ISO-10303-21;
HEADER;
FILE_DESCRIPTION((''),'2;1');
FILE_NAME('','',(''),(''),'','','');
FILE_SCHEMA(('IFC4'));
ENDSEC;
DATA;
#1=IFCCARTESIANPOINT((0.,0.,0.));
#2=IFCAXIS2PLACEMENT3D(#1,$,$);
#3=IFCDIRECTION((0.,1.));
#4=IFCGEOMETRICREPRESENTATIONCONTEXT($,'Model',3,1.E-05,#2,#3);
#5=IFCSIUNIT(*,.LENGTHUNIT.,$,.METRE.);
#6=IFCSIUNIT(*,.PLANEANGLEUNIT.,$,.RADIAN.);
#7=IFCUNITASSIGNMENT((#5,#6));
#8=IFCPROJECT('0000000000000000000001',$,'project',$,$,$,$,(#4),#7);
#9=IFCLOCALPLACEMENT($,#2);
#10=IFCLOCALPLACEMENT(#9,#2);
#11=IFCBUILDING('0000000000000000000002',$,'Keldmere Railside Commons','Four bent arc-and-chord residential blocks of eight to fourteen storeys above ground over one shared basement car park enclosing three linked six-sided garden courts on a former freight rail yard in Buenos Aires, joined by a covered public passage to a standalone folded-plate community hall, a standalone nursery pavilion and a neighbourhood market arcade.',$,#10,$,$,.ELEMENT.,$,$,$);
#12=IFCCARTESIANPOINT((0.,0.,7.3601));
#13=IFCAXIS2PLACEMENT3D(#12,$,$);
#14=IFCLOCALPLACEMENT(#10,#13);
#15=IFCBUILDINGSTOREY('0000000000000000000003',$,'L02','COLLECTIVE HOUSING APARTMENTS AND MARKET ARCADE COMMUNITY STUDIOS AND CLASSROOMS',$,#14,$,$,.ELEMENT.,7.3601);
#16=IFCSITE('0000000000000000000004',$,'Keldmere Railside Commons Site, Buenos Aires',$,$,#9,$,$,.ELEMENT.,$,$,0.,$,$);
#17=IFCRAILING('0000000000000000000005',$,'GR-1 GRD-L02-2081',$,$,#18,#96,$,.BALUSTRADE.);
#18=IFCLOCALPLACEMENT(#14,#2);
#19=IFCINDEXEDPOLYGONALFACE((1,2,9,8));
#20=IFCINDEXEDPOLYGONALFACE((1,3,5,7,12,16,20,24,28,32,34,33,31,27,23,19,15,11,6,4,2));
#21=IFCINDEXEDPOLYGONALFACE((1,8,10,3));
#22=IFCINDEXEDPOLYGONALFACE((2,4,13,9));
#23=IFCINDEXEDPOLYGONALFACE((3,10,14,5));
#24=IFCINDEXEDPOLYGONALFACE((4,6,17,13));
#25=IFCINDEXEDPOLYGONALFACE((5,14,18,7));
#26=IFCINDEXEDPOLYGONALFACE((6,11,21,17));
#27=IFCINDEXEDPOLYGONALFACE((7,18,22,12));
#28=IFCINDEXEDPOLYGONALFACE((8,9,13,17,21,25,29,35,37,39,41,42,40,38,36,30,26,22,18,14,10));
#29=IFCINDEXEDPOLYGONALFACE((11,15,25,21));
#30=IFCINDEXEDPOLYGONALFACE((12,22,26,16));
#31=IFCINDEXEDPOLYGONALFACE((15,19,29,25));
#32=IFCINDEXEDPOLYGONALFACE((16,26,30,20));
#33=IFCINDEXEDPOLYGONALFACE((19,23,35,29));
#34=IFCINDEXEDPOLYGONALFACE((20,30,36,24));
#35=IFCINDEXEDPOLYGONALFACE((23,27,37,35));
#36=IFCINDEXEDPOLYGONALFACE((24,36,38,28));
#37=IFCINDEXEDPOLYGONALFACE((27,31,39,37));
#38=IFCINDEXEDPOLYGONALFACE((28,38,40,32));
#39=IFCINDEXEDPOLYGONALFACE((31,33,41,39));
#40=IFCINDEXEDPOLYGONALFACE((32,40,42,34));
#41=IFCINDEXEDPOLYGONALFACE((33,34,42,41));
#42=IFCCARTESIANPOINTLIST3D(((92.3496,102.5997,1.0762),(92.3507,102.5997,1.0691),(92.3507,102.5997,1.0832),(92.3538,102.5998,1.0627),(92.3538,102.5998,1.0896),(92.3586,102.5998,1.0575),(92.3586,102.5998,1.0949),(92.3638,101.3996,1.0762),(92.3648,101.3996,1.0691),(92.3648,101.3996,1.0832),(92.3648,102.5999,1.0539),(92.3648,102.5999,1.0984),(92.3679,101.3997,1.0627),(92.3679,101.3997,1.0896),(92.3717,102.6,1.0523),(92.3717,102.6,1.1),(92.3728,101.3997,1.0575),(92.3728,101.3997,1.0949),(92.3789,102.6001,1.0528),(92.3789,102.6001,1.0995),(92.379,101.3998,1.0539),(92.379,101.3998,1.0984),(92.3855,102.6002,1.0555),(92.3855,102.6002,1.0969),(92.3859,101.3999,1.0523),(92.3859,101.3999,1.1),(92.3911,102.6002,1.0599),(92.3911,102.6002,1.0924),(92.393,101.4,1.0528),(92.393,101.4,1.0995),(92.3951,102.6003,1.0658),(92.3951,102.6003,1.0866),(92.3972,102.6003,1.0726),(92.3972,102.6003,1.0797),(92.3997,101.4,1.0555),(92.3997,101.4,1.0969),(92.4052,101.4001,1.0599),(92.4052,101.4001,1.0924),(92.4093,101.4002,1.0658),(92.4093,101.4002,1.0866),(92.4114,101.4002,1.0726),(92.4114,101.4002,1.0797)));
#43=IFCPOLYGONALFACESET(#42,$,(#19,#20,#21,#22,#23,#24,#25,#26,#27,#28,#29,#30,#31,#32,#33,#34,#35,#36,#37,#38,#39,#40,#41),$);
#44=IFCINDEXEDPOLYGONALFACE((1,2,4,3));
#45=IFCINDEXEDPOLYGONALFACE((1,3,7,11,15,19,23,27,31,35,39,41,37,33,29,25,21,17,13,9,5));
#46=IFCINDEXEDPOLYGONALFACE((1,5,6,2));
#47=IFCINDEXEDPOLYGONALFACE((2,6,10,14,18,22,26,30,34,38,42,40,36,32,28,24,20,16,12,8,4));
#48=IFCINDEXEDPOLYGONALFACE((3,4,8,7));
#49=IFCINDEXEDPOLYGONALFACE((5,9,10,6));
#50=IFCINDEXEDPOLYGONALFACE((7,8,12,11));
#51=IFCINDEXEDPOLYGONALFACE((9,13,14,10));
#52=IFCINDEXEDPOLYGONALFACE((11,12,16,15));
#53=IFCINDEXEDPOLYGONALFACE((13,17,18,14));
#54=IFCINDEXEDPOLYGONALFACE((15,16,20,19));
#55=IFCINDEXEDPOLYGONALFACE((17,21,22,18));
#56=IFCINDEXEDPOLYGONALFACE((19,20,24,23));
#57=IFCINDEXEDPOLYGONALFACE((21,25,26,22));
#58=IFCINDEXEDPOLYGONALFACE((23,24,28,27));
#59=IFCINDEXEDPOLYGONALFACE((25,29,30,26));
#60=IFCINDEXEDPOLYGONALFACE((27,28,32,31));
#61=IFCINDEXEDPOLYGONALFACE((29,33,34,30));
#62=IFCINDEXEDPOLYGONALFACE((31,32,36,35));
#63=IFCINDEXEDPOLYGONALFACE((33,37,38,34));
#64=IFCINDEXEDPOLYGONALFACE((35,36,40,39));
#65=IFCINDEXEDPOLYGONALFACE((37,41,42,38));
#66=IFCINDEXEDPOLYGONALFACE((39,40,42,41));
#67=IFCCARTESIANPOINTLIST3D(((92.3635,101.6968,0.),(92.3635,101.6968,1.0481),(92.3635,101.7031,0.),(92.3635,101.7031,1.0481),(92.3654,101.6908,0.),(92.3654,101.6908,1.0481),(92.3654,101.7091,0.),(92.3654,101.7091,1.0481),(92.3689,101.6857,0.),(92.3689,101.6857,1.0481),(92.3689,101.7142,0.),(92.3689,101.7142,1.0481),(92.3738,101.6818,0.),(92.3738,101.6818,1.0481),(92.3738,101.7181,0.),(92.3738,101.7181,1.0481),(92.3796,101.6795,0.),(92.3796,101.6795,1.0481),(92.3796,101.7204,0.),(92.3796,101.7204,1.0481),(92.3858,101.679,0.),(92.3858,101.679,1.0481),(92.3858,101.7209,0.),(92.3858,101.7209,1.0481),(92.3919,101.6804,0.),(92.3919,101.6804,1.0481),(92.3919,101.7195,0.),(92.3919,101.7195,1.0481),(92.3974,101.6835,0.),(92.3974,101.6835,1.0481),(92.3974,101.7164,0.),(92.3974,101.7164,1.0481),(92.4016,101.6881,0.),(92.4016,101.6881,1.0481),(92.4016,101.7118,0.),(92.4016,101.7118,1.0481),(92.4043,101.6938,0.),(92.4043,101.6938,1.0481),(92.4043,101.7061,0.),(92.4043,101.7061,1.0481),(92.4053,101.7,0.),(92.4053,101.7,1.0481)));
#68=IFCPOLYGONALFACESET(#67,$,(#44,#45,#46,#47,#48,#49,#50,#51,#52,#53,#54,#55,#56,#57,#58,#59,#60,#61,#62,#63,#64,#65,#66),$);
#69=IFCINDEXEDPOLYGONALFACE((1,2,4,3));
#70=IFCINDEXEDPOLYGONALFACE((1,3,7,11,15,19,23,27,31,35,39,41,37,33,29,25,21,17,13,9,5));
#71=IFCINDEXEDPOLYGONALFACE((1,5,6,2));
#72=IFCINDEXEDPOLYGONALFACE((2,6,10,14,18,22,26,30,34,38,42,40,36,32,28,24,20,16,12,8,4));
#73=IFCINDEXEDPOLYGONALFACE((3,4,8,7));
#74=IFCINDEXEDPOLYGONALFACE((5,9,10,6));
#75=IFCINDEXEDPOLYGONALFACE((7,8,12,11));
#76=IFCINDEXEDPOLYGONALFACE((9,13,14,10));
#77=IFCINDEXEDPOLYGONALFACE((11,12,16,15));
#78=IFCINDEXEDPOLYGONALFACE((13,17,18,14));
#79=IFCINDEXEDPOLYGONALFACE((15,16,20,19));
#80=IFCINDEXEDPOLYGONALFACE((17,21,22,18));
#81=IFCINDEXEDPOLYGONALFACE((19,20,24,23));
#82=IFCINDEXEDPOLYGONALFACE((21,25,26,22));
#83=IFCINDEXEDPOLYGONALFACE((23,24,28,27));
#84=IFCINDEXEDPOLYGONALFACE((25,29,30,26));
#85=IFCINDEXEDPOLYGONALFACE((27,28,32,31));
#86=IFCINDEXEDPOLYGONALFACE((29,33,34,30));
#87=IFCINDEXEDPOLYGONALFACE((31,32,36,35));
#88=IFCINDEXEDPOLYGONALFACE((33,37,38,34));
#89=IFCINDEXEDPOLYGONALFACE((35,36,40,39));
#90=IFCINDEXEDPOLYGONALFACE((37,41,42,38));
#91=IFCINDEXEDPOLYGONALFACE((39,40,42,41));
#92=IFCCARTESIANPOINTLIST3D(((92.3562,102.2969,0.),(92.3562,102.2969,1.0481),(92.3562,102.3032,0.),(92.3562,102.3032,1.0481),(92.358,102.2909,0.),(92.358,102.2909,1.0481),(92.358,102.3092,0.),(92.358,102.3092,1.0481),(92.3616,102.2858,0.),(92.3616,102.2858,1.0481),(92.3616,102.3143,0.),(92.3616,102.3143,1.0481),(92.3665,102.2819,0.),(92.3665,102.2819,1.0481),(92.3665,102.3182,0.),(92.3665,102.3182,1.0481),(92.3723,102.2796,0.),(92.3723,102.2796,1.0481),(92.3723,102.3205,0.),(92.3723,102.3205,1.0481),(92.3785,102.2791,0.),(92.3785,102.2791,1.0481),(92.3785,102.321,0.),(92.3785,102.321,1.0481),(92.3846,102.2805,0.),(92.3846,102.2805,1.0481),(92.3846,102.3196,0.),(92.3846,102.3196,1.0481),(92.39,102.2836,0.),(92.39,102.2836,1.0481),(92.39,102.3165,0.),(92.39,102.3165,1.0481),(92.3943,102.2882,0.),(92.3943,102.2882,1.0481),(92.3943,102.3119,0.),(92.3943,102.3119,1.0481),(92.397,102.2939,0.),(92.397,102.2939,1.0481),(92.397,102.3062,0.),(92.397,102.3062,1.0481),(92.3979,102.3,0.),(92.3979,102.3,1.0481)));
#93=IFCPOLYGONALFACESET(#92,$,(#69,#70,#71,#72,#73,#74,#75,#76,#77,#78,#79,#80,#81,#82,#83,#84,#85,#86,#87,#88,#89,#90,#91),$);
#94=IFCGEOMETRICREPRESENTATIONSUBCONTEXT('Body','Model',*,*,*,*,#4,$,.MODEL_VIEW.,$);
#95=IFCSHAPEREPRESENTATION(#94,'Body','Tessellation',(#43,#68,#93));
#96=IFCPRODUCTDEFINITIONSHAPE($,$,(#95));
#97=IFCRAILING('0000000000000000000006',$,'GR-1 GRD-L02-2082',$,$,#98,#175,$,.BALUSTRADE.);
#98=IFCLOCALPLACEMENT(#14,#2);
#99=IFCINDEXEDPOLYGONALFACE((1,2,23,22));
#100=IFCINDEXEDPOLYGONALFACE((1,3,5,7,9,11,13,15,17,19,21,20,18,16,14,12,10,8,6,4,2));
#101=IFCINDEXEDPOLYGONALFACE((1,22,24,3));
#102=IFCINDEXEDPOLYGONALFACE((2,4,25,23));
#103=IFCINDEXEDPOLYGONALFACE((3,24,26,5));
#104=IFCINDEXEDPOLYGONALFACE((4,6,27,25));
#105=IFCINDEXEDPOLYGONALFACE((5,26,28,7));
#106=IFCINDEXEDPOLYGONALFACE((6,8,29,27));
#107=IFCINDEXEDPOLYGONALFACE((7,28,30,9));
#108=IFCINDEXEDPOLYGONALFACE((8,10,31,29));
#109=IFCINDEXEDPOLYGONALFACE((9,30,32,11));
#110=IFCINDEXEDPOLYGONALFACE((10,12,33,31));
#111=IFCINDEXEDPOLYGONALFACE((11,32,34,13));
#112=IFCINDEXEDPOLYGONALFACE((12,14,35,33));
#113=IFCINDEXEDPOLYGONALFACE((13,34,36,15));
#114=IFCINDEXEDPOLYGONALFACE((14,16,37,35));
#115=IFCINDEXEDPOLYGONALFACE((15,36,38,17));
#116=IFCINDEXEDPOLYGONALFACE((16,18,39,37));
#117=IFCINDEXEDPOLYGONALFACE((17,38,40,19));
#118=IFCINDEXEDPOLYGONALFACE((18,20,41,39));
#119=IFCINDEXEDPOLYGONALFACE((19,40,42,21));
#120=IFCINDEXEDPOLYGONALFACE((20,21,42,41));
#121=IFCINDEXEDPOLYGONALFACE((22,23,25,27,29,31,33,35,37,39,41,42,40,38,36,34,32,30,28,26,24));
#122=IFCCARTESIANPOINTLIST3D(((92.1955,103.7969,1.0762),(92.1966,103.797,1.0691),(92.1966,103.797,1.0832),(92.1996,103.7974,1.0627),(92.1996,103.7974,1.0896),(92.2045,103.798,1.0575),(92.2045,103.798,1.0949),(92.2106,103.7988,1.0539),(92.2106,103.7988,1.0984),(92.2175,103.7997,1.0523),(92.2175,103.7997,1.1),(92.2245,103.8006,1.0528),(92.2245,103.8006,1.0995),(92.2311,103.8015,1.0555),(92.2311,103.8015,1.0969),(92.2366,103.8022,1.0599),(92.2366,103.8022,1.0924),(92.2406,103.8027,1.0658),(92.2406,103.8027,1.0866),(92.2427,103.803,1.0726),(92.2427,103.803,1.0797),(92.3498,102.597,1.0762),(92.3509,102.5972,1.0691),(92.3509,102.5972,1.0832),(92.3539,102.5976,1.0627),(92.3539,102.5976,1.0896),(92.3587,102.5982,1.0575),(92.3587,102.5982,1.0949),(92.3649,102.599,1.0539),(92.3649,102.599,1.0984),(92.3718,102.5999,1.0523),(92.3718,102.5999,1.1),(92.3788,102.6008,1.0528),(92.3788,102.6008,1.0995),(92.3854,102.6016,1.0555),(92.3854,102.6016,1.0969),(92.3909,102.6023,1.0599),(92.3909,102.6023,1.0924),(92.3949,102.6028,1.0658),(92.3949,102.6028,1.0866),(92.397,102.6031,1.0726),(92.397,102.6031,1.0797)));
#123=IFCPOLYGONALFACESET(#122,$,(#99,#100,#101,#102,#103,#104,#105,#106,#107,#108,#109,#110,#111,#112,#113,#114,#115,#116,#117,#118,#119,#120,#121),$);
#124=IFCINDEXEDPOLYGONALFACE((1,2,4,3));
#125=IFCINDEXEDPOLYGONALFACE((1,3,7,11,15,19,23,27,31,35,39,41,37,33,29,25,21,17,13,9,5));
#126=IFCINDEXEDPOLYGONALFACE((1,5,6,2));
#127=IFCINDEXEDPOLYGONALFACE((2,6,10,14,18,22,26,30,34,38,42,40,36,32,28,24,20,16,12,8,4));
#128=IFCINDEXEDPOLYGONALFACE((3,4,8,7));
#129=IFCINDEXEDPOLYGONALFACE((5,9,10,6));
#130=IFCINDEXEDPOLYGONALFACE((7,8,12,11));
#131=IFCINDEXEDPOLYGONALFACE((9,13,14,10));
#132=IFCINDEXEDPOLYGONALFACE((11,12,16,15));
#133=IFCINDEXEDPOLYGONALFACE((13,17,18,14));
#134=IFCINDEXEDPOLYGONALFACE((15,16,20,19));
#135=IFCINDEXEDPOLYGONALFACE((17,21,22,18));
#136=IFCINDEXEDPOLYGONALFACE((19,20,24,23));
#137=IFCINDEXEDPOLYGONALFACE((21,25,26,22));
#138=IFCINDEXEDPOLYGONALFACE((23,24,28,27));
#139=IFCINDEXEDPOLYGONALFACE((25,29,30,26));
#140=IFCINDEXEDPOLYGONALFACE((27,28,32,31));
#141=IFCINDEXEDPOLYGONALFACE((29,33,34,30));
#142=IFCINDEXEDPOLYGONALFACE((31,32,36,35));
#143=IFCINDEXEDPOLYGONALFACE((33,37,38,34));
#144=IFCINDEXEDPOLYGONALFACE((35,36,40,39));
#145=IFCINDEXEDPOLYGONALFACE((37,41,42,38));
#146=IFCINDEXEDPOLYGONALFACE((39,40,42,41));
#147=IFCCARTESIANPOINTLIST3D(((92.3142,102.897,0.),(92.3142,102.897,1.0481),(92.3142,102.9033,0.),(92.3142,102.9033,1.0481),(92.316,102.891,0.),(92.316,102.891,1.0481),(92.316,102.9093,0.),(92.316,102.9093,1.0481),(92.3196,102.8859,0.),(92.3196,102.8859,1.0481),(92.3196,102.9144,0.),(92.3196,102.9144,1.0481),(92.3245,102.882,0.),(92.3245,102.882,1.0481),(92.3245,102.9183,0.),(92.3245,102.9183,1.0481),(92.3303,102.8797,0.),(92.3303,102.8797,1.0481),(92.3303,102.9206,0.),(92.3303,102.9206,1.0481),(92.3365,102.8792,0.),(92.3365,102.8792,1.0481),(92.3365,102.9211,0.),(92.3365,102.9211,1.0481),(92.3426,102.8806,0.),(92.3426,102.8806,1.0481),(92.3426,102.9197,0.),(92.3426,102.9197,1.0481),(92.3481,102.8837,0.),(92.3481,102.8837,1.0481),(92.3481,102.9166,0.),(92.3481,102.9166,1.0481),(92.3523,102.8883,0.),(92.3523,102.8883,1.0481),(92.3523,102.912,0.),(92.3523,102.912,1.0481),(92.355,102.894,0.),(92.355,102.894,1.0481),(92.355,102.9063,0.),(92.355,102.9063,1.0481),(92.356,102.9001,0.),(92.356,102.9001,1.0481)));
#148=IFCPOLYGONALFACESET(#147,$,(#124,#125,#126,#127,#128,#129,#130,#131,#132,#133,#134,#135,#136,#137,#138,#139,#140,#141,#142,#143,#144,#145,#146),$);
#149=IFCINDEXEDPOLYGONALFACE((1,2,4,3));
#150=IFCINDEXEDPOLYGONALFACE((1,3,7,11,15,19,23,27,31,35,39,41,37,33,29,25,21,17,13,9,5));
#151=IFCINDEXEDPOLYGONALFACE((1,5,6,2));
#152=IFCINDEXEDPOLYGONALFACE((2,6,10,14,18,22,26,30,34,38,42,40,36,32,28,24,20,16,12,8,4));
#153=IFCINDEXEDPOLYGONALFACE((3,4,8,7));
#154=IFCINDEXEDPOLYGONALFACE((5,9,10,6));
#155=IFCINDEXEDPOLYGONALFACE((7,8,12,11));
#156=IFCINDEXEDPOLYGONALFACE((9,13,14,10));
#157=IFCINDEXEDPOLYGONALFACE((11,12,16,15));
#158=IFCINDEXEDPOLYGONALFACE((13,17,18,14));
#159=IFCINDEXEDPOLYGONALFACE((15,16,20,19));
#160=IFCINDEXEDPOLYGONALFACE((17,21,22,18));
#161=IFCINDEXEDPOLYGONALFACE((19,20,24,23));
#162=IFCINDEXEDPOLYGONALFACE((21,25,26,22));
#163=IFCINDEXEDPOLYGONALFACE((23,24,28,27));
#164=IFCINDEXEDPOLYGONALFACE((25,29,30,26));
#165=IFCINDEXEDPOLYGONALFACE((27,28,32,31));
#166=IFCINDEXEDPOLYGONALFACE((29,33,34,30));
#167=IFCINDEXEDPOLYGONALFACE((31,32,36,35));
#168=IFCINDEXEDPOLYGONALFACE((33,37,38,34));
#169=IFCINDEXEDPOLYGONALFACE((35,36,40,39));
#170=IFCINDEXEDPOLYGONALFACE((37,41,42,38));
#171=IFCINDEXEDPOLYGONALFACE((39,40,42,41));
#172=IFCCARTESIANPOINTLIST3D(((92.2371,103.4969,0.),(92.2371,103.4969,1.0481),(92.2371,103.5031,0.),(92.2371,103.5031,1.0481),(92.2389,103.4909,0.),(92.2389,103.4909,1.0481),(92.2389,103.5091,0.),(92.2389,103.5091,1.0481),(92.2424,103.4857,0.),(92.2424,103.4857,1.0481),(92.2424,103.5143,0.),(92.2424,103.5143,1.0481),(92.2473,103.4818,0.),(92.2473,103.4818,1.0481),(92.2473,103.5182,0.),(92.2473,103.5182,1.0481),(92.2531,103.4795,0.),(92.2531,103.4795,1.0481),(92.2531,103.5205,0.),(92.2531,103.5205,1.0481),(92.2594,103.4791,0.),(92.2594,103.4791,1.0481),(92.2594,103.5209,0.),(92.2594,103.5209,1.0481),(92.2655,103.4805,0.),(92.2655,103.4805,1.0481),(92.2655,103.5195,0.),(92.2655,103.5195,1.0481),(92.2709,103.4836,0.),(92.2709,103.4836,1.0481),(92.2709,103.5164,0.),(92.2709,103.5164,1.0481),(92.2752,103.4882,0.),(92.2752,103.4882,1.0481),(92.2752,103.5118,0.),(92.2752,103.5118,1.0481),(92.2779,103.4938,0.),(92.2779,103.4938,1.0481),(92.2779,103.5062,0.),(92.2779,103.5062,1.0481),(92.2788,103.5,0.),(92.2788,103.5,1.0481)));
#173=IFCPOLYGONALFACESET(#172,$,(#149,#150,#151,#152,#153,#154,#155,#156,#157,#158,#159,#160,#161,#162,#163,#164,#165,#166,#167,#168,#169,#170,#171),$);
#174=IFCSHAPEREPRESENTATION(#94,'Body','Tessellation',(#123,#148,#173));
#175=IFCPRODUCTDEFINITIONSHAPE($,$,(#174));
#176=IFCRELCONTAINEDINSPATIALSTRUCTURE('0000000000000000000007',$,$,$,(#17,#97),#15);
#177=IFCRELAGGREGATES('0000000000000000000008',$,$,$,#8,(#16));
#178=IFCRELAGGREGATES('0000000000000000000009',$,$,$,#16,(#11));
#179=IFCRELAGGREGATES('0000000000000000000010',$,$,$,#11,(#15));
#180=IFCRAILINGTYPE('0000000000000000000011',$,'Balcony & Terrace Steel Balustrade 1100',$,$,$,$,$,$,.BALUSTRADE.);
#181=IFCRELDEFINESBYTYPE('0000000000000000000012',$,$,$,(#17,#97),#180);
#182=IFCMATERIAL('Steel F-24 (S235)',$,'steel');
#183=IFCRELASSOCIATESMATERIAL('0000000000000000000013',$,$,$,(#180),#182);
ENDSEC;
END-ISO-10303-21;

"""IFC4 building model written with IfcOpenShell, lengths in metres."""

from ifc_helpers import new_model, si_unit, direction, frame, origin, origin_2d, place, context, subcontext, project, spatial, circle, extrude, material, type_object, element, save


model = new_model("IFC4")

# Units and contexts
model_context = context("Model", 3, precision=1e-05, world=origin(), true_north=direction((0.0, 1.0)))
body_context = subcontext(model_context, "Body", "Model", "MODEL_VIEW")
ifc_project = project(units=[si_unit("LENGTHUNIT", "METRE"), si_unit("PLANEANGLEUNIT", "RADIAN")], contexts=[model_context])

# Site, building, storey
site_placement = place(None, origin())
site = spatial("IfcSite", under=ifc_project, at=site_placement, Name="Keldmere Railside Commons Site, Buenos Aires", CompositionType="ELEMENT", RefElevation=0.0)
building_placement = place(site_placement, origin())
building = spatial("IfcBuilding", under=site, at=building_placement, Name="Keldmere Railside Commons", Description="Four bent arc-and-chord residential blocks of eight to fourteen storeys above ground over one shared basement car park enclosing three linked six-sided garden courts on a former freight rail yard in Buenos Aires, joined by a covered public passage to a standalone folded-plate community hall, a standalone nursery pavilion and a neighbourhood market arcade.", CompositionType="ELEMENT")
storey_placement = place(building_placement, frame((0.0, 0.0, 7.3601)))
storey = spatial("IfcBuildingStorey", under=building, at=storey_placement, Name="L02", Description="COLLECTIVE HOUSING APARTMENTS AND MARKET ARCADE COMMUNITY STUDIOS AND CLASSROOMS", CompositionType="ELEMENT", Elevation=7.3601)

# Railings
ifc_material_1 = material(Name="Steel F-24 (S235)", Category="steel")
railing_type = type_object("IfcRailingType", Name="Balcony & Terrace Steel Balustrade 1100", PredefinedType="BALUSTRADE", material=ifc_material_1)
railing_1_placement = place(storey_placement, frame((92.3877, 101.3999, 0.0)))
element("IfcRailing", 1, at=railing_1_placement, inside=storey, type_object=railing_type, Name="GR-1 GRD-L02-2081", PredefinedType="BALUSTRADE", context=body_context, shape_type="SweptSolid", body=[
    extrude(circle(Radius=0.0239, at=origin_2d()), frame((0.0, 0.0, 1.0762), z_axis=(-0.011797, 0.99993, 0.0), x_axis=(-0.99993, -0.011797, 0.0)), (0.0, 0.0, 1.0), 1.2002),
    extrude(circle(Radius=0.021, at=origin_2d()), frame((-0.0034, 0.3, 0.0)), (0.0, 0.0, 1.0), 1.0481),
    extrude(circle(Radius=0.021, at=origin_2d()), frame((-0.0107, 0.9001, 0.0)), (0.0, 0.0, 1.0), 1.0481),
])
railing_2_placement = place(storey_placement, frame((92.3735, 102.6001, 0.0)))
element("IfcRailing", 2, at=railing_2_placement, inside=storey, type_object=railing_type, Name="GR-1 GRD-L02-2082", PredefinedType="BALUSTRADE", context=body_context, shape_type="SweptSolid", body=[
    extrude(circle(Radius=0.0239, at=origin_2d()), frame((0.0, 0.0, 1.0762), z_axis=(-0.127536, 0.991834, 0.0), x_axis=(-0.991834, -0.127536, 0.0)), (0.0, 0.0, 1.0), 1.2097),
    extrude(circle(Radius=0.021, at=origin_2d()), frame((-0.0386, 0.3, 0.0)), (0.0, 0.0, 1.0), 1.0481),
    extrude(circle(Radius=0.021, at=origin_2d()), frame((-0.1157, 0.8999, 0.0)), (0.0, 0.0, 1.0), 1.0481),
])

save(model, "model.ifc")
